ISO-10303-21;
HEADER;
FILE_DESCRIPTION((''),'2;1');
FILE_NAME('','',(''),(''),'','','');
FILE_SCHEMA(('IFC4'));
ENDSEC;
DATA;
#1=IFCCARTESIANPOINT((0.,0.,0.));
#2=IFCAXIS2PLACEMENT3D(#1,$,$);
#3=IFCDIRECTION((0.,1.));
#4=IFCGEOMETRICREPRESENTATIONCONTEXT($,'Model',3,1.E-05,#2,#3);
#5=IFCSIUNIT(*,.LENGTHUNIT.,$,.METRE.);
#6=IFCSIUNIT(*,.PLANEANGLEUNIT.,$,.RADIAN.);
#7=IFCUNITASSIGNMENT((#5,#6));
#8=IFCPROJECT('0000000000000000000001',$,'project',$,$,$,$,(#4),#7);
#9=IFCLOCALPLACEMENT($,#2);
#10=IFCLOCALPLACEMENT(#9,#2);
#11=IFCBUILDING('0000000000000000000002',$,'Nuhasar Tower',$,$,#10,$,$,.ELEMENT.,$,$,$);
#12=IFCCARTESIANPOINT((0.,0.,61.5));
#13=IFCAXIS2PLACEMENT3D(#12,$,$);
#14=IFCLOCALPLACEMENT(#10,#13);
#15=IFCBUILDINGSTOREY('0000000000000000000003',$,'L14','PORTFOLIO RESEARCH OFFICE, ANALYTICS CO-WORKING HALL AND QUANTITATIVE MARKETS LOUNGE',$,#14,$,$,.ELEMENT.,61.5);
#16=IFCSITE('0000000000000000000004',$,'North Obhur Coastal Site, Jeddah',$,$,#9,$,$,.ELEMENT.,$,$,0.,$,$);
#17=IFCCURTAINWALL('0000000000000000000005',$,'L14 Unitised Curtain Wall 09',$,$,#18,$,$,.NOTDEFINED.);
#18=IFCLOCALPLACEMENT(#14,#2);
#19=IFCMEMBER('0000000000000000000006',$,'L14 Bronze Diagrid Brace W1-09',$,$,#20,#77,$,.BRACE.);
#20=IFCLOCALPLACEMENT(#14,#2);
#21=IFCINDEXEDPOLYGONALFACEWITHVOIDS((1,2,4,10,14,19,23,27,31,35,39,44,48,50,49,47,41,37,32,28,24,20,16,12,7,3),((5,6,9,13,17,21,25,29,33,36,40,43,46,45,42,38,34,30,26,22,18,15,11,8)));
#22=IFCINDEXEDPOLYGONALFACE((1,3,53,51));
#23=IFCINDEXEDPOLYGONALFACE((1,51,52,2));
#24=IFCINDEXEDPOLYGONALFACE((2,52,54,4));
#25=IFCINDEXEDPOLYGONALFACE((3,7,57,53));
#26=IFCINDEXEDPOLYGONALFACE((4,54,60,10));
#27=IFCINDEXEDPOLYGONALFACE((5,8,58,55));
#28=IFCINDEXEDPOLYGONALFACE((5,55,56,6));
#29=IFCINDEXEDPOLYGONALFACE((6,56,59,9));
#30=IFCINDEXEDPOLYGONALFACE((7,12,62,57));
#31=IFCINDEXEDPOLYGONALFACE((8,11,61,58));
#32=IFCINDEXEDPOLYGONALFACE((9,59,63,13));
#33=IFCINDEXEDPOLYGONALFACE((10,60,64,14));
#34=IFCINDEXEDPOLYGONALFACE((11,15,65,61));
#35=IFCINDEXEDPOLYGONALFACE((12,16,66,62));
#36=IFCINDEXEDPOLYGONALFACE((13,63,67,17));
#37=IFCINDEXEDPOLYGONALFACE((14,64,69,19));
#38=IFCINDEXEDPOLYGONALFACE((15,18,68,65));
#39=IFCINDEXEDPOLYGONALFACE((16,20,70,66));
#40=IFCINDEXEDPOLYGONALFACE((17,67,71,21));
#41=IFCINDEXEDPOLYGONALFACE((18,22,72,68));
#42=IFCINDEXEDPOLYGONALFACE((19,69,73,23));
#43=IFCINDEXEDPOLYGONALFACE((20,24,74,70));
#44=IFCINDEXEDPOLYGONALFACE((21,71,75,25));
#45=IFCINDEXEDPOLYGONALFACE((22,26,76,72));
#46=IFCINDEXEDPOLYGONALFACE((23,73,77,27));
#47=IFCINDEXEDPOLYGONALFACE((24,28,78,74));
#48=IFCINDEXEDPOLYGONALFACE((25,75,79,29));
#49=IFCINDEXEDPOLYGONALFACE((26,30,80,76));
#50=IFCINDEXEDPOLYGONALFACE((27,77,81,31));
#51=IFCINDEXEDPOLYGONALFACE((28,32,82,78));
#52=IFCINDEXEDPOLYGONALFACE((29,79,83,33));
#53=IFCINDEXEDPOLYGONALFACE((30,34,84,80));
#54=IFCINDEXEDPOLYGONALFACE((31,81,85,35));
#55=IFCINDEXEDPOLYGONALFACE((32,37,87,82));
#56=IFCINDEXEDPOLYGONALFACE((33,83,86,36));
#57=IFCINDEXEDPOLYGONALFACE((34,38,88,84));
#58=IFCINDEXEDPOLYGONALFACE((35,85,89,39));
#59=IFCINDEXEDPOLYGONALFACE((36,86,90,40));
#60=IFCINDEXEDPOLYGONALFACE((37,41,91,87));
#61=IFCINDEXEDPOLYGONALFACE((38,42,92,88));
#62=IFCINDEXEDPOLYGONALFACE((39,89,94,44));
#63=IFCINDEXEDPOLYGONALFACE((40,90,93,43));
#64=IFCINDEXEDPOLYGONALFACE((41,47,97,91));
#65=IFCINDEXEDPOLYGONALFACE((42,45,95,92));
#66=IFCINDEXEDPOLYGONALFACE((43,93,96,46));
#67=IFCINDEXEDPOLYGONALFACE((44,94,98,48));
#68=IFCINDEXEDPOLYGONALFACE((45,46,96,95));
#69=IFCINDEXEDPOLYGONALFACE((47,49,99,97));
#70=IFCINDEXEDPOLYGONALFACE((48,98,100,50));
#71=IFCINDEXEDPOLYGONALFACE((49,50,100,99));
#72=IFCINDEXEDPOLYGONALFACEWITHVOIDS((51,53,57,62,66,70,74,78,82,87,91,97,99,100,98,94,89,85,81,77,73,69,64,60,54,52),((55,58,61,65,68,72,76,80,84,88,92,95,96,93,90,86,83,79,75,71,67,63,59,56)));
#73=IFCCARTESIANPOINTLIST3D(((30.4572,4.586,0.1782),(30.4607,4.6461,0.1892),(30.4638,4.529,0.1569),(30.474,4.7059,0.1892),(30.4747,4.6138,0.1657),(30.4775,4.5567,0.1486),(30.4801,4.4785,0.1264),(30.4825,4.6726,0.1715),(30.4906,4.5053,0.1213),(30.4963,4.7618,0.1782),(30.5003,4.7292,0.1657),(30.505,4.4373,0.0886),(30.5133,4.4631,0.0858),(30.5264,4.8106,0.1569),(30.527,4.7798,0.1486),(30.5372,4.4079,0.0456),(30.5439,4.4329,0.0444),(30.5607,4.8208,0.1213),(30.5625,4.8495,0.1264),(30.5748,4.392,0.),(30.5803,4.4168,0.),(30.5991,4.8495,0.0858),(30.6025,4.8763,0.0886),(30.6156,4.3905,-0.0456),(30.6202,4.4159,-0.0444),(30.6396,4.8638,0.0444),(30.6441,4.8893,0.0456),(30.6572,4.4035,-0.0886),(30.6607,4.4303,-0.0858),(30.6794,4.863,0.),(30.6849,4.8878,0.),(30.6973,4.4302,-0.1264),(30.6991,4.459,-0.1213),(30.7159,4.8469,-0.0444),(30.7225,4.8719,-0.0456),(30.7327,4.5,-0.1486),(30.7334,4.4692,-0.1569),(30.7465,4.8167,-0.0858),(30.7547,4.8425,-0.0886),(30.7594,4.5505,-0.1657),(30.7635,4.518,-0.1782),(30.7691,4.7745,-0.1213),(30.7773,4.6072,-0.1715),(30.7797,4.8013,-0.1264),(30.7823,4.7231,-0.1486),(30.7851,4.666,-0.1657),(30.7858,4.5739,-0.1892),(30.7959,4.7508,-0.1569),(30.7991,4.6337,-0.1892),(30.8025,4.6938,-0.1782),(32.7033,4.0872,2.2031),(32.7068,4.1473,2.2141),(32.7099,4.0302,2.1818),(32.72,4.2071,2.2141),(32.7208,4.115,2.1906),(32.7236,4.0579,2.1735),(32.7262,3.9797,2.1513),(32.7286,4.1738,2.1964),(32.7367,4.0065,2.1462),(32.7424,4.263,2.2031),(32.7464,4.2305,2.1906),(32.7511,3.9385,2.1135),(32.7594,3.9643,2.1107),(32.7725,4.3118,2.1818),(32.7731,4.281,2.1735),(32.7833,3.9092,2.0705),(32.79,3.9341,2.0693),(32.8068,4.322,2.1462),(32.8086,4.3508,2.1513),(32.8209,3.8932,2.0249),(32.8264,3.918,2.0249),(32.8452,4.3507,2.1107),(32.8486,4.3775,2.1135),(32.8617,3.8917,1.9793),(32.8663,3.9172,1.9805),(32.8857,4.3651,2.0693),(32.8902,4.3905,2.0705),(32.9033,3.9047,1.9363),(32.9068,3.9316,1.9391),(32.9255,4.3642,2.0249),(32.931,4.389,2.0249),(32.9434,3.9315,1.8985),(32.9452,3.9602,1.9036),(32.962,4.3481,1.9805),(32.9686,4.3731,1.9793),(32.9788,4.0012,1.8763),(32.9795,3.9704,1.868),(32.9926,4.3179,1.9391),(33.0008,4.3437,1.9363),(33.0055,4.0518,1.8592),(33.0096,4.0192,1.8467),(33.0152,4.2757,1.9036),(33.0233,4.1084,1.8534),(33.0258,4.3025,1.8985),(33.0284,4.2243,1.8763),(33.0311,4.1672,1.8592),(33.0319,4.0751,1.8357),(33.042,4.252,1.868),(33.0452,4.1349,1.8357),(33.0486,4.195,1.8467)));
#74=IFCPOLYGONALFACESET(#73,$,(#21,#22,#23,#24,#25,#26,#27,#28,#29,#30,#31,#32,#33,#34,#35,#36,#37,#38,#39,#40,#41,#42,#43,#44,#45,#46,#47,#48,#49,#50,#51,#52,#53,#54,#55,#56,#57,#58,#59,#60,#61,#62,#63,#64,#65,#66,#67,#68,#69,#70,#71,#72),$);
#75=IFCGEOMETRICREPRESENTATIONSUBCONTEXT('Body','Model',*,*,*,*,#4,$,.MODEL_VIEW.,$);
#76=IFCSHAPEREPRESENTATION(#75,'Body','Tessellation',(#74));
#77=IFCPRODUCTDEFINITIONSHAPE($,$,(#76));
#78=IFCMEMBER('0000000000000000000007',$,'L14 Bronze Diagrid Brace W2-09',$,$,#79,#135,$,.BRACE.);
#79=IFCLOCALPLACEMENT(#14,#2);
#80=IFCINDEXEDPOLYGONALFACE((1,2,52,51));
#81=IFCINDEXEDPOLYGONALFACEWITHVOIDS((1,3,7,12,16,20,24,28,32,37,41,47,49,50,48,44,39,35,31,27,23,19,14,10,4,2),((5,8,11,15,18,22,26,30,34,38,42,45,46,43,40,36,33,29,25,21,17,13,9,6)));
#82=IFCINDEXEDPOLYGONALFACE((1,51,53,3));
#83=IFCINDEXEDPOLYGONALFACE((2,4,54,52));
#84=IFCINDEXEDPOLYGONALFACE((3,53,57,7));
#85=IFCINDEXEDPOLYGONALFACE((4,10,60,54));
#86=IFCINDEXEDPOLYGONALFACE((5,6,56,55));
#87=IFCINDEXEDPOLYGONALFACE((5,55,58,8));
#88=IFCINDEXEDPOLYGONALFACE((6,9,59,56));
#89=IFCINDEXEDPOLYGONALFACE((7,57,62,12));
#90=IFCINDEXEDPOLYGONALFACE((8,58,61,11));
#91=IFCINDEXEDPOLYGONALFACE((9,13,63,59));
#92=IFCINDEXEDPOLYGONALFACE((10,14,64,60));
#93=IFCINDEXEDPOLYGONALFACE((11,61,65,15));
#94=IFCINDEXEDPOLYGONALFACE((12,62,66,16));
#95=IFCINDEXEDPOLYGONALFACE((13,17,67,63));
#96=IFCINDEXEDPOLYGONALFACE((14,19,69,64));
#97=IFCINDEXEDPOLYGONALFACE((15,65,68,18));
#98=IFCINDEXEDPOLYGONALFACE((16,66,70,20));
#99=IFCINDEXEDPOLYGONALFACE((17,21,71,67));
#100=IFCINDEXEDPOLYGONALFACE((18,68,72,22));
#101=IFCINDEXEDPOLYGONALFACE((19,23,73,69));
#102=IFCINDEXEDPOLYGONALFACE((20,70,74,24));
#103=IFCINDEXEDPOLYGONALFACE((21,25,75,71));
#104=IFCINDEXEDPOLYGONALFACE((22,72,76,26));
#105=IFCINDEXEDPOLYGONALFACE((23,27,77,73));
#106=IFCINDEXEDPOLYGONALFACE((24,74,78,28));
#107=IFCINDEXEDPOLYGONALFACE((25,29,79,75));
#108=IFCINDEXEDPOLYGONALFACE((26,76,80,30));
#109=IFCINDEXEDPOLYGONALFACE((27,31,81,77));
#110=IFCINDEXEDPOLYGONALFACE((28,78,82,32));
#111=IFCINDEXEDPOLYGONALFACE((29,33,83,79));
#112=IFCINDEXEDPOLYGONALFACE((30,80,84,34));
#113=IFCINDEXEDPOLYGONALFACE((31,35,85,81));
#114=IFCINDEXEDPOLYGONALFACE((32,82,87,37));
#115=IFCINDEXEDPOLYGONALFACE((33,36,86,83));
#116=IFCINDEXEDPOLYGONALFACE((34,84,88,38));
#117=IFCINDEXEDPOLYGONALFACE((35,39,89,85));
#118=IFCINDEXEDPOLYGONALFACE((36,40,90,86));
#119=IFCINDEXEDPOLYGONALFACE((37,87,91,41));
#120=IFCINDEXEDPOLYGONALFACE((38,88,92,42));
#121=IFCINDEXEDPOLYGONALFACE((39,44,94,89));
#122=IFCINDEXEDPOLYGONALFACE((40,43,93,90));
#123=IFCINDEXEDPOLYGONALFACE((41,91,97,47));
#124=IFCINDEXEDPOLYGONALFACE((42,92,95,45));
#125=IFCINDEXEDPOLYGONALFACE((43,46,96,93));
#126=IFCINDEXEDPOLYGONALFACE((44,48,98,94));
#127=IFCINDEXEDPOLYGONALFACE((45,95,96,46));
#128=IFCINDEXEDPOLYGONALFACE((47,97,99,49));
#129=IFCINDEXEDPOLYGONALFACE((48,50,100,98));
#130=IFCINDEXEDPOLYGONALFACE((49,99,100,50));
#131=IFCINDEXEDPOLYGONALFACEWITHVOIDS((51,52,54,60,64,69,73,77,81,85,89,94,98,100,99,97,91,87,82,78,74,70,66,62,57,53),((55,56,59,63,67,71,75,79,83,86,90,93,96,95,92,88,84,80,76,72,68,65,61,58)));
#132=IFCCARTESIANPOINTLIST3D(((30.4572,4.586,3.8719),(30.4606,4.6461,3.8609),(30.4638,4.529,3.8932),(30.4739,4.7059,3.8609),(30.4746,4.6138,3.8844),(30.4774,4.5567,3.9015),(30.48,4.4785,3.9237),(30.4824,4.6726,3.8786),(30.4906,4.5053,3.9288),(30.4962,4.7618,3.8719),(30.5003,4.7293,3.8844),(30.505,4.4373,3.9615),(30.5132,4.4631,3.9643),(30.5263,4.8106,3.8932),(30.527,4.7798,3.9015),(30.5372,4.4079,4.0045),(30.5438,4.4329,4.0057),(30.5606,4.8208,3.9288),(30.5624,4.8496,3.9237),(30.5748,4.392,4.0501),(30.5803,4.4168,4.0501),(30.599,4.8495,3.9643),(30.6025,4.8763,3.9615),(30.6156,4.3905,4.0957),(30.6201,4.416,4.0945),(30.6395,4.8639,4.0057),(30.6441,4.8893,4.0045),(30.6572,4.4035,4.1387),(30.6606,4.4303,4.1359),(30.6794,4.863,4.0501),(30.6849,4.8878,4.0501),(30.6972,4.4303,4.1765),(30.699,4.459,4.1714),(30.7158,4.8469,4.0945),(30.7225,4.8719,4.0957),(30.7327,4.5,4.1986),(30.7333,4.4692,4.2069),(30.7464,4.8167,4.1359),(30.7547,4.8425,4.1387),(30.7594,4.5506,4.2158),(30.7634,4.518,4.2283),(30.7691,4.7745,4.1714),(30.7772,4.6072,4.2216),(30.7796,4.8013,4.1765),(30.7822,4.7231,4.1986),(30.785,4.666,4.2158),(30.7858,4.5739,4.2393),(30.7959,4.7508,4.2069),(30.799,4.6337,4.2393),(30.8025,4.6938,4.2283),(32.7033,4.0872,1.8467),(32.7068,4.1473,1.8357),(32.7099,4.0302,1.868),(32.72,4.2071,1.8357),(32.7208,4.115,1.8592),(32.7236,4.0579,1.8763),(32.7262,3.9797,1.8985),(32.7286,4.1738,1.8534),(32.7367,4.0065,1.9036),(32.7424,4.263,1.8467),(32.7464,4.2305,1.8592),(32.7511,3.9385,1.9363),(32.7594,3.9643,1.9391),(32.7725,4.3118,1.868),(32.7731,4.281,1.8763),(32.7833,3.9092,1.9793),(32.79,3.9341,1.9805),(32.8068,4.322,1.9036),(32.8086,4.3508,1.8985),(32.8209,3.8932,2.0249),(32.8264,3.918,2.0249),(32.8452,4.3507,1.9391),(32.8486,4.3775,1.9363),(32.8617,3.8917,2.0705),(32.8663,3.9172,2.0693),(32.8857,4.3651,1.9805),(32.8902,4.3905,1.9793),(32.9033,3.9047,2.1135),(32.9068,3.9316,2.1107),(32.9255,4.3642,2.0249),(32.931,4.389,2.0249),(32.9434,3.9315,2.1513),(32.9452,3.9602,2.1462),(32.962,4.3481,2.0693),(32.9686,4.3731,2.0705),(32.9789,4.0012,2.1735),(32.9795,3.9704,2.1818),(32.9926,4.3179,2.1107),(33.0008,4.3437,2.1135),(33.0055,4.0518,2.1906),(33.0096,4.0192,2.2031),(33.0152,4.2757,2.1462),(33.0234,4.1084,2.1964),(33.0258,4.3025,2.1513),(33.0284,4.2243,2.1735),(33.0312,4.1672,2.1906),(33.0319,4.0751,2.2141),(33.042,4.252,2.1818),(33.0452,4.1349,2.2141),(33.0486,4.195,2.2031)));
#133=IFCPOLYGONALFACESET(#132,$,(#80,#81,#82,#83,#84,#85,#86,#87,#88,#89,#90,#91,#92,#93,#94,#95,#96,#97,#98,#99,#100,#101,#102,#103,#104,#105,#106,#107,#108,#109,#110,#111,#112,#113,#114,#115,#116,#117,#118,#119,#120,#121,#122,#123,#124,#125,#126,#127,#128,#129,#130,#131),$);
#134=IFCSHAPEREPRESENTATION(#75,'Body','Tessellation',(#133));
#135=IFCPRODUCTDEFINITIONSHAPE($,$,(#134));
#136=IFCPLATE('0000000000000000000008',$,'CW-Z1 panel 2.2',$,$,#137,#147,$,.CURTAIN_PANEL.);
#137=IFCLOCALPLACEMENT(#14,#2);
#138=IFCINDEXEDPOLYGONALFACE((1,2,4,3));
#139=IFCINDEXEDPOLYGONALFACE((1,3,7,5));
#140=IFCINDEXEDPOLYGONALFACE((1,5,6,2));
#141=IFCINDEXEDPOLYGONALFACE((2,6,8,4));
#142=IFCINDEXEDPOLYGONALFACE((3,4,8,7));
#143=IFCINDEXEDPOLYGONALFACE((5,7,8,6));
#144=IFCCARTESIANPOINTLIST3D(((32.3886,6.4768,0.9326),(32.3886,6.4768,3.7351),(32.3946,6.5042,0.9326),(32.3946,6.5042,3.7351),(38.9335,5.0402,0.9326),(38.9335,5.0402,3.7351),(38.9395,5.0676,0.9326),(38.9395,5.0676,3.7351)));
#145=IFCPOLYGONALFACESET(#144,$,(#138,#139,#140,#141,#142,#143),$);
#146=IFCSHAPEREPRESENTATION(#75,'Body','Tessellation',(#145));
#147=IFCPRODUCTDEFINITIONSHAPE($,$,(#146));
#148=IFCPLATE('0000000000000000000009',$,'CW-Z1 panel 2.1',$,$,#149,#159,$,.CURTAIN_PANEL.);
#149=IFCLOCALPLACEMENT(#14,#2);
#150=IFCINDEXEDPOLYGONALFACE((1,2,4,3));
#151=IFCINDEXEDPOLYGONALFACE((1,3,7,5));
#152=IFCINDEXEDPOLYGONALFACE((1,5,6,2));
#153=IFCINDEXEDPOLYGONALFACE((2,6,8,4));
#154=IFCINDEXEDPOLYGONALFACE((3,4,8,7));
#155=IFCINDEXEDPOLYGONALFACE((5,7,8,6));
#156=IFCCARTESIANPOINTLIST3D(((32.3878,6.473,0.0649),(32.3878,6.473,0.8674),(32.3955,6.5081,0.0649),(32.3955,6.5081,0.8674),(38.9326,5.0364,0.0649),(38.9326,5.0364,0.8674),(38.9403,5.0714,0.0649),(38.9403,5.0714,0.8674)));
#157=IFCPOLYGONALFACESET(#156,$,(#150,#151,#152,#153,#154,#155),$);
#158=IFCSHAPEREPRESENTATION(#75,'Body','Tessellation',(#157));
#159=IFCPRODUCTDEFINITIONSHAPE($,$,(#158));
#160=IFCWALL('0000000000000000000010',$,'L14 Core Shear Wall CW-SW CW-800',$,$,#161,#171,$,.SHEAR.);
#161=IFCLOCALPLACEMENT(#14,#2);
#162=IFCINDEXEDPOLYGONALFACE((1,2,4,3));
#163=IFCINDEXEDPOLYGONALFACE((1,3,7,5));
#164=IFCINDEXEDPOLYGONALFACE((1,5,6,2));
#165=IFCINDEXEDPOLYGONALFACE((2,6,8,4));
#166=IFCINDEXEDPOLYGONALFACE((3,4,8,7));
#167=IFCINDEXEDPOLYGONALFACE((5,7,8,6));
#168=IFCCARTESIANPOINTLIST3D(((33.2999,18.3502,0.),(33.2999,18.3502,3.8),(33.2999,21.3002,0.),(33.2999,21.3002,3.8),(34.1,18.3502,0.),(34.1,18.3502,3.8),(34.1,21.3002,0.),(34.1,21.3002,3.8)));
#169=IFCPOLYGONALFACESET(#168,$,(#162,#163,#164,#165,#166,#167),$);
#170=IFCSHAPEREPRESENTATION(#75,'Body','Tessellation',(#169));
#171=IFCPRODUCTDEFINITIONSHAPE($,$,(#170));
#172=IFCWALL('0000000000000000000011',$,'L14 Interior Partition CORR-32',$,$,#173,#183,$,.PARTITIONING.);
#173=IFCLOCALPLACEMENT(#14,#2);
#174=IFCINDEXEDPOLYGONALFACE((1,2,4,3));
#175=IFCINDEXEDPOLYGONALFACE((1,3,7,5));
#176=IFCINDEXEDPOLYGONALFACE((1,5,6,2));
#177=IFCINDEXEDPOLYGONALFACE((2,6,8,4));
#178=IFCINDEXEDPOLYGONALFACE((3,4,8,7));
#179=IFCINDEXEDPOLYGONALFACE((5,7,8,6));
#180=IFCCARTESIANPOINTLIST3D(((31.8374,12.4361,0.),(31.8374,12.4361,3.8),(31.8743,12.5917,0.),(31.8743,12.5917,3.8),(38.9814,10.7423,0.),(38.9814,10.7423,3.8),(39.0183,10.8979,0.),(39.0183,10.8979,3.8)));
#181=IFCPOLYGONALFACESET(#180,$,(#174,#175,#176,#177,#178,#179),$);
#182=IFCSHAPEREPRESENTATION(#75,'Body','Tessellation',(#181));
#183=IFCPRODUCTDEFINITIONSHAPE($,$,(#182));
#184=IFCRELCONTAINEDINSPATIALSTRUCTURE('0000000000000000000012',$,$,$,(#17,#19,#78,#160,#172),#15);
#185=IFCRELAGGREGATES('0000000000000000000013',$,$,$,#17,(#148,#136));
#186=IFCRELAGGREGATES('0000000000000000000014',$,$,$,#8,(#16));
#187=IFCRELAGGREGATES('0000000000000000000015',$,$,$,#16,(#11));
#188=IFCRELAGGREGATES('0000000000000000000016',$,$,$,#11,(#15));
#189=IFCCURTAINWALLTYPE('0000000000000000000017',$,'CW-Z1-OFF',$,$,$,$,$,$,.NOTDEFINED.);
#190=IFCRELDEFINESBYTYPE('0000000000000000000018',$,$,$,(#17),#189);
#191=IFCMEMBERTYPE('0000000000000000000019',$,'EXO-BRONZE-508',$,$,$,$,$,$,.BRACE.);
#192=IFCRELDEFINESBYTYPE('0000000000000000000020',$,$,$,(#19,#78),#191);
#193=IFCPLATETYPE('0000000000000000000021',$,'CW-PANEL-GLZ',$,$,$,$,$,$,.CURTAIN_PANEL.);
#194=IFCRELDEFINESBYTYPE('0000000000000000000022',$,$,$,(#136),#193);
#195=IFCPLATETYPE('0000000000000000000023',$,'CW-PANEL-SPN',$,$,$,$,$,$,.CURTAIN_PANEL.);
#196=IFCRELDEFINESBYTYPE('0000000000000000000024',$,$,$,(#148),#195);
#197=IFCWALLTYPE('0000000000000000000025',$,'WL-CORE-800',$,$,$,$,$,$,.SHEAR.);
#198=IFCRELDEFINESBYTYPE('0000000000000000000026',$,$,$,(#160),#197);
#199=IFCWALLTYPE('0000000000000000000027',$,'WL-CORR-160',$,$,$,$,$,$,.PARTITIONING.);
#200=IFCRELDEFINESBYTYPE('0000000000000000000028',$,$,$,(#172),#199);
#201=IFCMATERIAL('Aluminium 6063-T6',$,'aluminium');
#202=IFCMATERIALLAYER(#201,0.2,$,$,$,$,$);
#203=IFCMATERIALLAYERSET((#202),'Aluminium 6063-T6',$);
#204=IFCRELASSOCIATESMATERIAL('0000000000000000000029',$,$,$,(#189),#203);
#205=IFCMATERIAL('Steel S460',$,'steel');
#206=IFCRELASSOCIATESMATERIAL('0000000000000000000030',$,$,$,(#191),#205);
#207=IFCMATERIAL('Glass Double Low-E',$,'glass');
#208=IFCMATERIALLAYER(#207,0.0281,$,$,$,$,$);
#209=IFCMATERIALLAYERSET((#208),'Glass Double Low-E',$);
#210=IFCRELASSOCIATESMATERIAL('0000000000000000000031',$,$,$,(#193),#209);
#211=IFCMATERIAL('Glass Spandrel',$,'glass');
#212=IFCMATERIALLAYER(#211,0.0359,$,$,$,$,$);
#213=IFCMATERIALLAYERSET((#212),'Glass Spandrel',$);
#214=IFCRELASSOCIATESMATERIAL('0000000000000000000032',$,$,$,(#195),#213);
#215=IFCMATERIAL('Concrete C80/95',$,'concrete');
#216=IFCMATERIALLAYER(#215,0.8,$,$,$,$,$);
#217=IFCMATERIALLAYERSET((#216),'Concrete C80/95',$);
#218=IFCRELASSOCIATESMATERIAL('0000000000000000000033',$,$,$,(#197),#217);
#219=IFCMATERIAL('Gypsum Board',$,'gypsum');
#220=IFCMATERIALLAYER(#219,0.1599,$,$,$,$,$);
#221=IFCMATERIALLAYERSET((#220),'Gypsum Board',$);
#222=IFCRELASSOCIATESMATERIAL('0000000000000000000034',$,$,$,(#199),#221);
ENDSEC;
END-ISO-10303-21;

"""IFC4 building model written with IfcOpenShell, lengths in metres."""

from ifc_helpers import new_model, si_unit, direction, frame, frame_2d, origin, origin_2d, place, context, subcontext, project, spatial, rectangle, hollow_circle, extrude, material, layer, layer_set, material_profile, profile_set, type_object, element, aggregate, save


model = new_model("IFC4")

# Units and contexts
model_context = context("Model", 3, precision=1e-05, world=origin(), true_north=direction((0.0, 1.0)))
body_context = subcontext(model_context, "Body", "Model", "MODEL_VIEW")
ifc_project = project(units=[si_unit("LENGTHUNIT", "METRE"), si_unit("PLANEANGLEUNIT", "RADIAN")], contexts=[model_context])

# Site, building, storey
site_placement = place(None, origin())
site = spatial("IfcSite", under=ifc_project, at=site_placement, Name="North Obhur Coastal Site, Jeddah", CompositionType="ELEMENT", RefElevation=0.0)
building_placement = place(site_placement, origin())
building = spatial("IfcBuilding", under=site, at=building_placement, Name="Nuhasar Tower", CompositionType="ELEMENT")
storey_placement = place(building_placement, frame((0.0, 0.0, 61.5)))
storey = spatial("IfcBuildingStorey", under=building, at=storey_placement, Name="L14", Description="PORTFOLIO RESEARCH OFFICE, ANALYTICS CO-WORKING HALL AND QUANTITATIVE MARKETS LOUNGE", CompositionType="ELEMENT", Elevation=61.5)

# Shared definitions
ifc_material_1 = material(Name="Concrete C80/95", Category="concrete")

# Curtain wall
ifc_material_2 = material(Name="Aluminium 6063-T6", Category="aluminium")
ifc_layer_1 = layer(ifc_material_2, 0.2)
ifc_layer_set_1 = layer_set([ifc_layer_1], Name="Aluminium 6063-T6")
curtain_wall_type = type_object("IfcCurtainWallType", Name="CW-Z1-OFF", PredefinedType="NOTDEFINED", material=ifc_layer_set_1)
curtain_wall_placement = place(storey_placement, origin())
curtain_wall = element("IfcCurtainWall", 1, at=curtain_wall_placement, inside=storey, type_object=curtain_wall_type, Name="L14 Unitised Curtain Wall 09", PredefinedType="NOTDEFINED")

# Members
ifc_material_3 = material(Name="Steel S460", Category="steel")
ifc_material_profile_1 = material_profile(ifc_material_3, hollow_circle(Radius=0.2539, WallThickness=0.0254, at=origin_2d()), Name="HSS508X25.4")
ifc_profile_set_1 = profile_set([ifc_material_profile_1], Name="Steel S460")
member_type_1 = type_object("IfcMemberType", Name="EXO-BRONZE-508", PredefinedType="BRACE", material=ifc_profile_set_1)
member_1_placement = place(storey_placement, frame((30.6299, 4.6399, 0.0), z_axis=(0.732831, -0.162736, 0.660663), x_axis=(0.216784, 0.97622, 0.0)))
element("IfcMember", 2, at=member_1_placement, inside=storey, type_object=member_type_1, Name="L14 Bronze Diagrid Brace W1-09", PredefinedType="BRACE", context=body_context, shape_type="SweptSolid", body=[
    extrude(hollow_circle(Radius=0.2539, WallThickness=0.0254, at=origin_2d()), origin(), (0.0, 0.0, 1.0), 3.0649),
])
member_2_placement = place(storey_placement, frame((32.876, 4.1411, 2.0249), z_axis=(-0.732792, 0.162728, 0.660708), x_axis=(-0.216784, -0.97622, 0.0)))
element("IfcMember", 3, at=member_2_placement, inside=storey, type_object=member_type_1, Name="L14 Bronze Diagrid Brace W2-09", PredefinedType="BRACE", context=body_context, shape_type="SweptSolid", body=[
    extrude(hollow_circle(Radius=0.2539, WallThickness=0.0254, at=origin_2d()), origin(), (0.0, 0.0, 1.0), 3.0652),
])

# Plates
ifc_material_4 = material(Name="Glass Double Low-E", Category="glass")
ifc_layer_2 = layer(ifc_material_4, 0.0281)
ifc_layer_set_2 = layer_set([ifc_layer_2], Name="Glass Double Low-E")
plate_type_1 = type_object("IfcPlateType", Name="CW-PANEL-GLZ", PredefinedType="CURTAIN_PANEL", material=ifc_layer_set_2)
plate_1_placement = place(storey_placement, frame((35.6641, 5.7722, 0.9326), z_axis=(0.0, 0.0, 1.0), x_axis=(0.976746, -0.214399, 0.0)))
plate_1 = element("IfcPlate", 4, at=plate_1_placement, type_object=plate_type_1, Name="CW-Z1 panel 2.2", PredefinedType="CURTAIN_PANEL", context=body_context, shape_type="SweptSolid", body=[
    extrude(rectangle(XDim=6.7007, YDim=0.0281, at=origin_2d()), origin(), (0.0, 0.0, 1.0), 2.8025),
])
ifc_material_5 = material(Name="Glass Spandrel", Category="glass")
ifc_layer_3 = layer(ifc_material_5, 0.0359)
ifc_layer_set_3 = layer_set([ifc_layer_3], Name="Glass Spandrel")
plate_type_2 = type_object("IfcPlateType", Name="CW-PANEL-SPN", PredefinedType="CURTAIN_PANEL", material=ifc_layer_set_3)
plate_2_placement = place(storey_placement, frame((35.6641, 5.7722, 0.0649), z_axis=(0.0, 0.0, 1.0), x_axis=(0.976746, -0.214399, 0.0)))
plate_2 = element("IfcPlate", 5, at=plate_2_placement, type_object=plate_type_2, Name="CW-Z1 panel 2.1", PredefinedType="CURTAIN_PANEL", context=body_context, shape_type="SweptSolid", body=[
    extrude(rectangle(XDim=6.7007, YDim=0.0359, at=origin_2d()), origin(), (0.0, 0.0, 1.0), 0.8025),
])
aggregate(curtain_wall, [plate_2, plate_1])

# Wall
ifc_layer_4 = layer(ifc_material_1, 0.8)
ifc_layer_set_4 = layer_set([ifc_layer_4], Name="Concrete C80/95")
wall_type_1 = type_object("IfcWallType", Name="WL-CORE-800", PredefinedType="SHEAR", material=ifc_layer_set_4)
wall_1_placement = place(storey_placement, frame((33.7, 18.3501, 0.0), z_axis=(0.0, 0.0, 1.0), x_axis=(0.0, 1.0, 0.0)))
element("IfcWall", 6, at=wall_1_placement, inside=storey, type_object=wall_type_1, Name="L14 Core Shear Wall CW-SW CW-800", PredefinedType="SHEAR", context=body_context, shape_type="SweptSolid", body=[
    extrude(rectangle(XDim=2.95, YDim=0.8, at=frame_2d((1.4751, 0.0))), origin(), (0.0, 0.0, 1.0), 3.8),
])

# Shared definitions
ifc_material_6 = material(Name="Gypsum Board", Category="gypsum")
ifc_layer_5 = layer(ifc_material_6, 0.1599)
ifc_layer_set_5 = layer_set([ifc_layer_5], Name="Gypsum Board")
wall_type_2 = type_object("IfcWallType", Name="WL-CORR-160", PredefinedType="PARTITIONING", material=ifc_layer_set_5)

# Wall
wall_2_placement = place(storey_placement, frame((31.856, 12.5139, 0.0), z_axis=(0.0, 0.0, 1.0), x_axis=(0.973024, -0.230703, 0.0)))
element("IfcWall", 7, at=wall_2_placement, inside=storey, type_object=wall_type_2, Name="L14 Interior Partition CORR-32", PredefinedType="PARTITIONING", context=body_context, shape_type="SweptSolid", body=[
    extrude(rectangle(XDim=7.342, YDim=0.1599, at=frame_2d((3.6709, 0.0))), origin(), (0.0, 0.0, 1.0), 3.8),
])

save(model, "model.ifc")
